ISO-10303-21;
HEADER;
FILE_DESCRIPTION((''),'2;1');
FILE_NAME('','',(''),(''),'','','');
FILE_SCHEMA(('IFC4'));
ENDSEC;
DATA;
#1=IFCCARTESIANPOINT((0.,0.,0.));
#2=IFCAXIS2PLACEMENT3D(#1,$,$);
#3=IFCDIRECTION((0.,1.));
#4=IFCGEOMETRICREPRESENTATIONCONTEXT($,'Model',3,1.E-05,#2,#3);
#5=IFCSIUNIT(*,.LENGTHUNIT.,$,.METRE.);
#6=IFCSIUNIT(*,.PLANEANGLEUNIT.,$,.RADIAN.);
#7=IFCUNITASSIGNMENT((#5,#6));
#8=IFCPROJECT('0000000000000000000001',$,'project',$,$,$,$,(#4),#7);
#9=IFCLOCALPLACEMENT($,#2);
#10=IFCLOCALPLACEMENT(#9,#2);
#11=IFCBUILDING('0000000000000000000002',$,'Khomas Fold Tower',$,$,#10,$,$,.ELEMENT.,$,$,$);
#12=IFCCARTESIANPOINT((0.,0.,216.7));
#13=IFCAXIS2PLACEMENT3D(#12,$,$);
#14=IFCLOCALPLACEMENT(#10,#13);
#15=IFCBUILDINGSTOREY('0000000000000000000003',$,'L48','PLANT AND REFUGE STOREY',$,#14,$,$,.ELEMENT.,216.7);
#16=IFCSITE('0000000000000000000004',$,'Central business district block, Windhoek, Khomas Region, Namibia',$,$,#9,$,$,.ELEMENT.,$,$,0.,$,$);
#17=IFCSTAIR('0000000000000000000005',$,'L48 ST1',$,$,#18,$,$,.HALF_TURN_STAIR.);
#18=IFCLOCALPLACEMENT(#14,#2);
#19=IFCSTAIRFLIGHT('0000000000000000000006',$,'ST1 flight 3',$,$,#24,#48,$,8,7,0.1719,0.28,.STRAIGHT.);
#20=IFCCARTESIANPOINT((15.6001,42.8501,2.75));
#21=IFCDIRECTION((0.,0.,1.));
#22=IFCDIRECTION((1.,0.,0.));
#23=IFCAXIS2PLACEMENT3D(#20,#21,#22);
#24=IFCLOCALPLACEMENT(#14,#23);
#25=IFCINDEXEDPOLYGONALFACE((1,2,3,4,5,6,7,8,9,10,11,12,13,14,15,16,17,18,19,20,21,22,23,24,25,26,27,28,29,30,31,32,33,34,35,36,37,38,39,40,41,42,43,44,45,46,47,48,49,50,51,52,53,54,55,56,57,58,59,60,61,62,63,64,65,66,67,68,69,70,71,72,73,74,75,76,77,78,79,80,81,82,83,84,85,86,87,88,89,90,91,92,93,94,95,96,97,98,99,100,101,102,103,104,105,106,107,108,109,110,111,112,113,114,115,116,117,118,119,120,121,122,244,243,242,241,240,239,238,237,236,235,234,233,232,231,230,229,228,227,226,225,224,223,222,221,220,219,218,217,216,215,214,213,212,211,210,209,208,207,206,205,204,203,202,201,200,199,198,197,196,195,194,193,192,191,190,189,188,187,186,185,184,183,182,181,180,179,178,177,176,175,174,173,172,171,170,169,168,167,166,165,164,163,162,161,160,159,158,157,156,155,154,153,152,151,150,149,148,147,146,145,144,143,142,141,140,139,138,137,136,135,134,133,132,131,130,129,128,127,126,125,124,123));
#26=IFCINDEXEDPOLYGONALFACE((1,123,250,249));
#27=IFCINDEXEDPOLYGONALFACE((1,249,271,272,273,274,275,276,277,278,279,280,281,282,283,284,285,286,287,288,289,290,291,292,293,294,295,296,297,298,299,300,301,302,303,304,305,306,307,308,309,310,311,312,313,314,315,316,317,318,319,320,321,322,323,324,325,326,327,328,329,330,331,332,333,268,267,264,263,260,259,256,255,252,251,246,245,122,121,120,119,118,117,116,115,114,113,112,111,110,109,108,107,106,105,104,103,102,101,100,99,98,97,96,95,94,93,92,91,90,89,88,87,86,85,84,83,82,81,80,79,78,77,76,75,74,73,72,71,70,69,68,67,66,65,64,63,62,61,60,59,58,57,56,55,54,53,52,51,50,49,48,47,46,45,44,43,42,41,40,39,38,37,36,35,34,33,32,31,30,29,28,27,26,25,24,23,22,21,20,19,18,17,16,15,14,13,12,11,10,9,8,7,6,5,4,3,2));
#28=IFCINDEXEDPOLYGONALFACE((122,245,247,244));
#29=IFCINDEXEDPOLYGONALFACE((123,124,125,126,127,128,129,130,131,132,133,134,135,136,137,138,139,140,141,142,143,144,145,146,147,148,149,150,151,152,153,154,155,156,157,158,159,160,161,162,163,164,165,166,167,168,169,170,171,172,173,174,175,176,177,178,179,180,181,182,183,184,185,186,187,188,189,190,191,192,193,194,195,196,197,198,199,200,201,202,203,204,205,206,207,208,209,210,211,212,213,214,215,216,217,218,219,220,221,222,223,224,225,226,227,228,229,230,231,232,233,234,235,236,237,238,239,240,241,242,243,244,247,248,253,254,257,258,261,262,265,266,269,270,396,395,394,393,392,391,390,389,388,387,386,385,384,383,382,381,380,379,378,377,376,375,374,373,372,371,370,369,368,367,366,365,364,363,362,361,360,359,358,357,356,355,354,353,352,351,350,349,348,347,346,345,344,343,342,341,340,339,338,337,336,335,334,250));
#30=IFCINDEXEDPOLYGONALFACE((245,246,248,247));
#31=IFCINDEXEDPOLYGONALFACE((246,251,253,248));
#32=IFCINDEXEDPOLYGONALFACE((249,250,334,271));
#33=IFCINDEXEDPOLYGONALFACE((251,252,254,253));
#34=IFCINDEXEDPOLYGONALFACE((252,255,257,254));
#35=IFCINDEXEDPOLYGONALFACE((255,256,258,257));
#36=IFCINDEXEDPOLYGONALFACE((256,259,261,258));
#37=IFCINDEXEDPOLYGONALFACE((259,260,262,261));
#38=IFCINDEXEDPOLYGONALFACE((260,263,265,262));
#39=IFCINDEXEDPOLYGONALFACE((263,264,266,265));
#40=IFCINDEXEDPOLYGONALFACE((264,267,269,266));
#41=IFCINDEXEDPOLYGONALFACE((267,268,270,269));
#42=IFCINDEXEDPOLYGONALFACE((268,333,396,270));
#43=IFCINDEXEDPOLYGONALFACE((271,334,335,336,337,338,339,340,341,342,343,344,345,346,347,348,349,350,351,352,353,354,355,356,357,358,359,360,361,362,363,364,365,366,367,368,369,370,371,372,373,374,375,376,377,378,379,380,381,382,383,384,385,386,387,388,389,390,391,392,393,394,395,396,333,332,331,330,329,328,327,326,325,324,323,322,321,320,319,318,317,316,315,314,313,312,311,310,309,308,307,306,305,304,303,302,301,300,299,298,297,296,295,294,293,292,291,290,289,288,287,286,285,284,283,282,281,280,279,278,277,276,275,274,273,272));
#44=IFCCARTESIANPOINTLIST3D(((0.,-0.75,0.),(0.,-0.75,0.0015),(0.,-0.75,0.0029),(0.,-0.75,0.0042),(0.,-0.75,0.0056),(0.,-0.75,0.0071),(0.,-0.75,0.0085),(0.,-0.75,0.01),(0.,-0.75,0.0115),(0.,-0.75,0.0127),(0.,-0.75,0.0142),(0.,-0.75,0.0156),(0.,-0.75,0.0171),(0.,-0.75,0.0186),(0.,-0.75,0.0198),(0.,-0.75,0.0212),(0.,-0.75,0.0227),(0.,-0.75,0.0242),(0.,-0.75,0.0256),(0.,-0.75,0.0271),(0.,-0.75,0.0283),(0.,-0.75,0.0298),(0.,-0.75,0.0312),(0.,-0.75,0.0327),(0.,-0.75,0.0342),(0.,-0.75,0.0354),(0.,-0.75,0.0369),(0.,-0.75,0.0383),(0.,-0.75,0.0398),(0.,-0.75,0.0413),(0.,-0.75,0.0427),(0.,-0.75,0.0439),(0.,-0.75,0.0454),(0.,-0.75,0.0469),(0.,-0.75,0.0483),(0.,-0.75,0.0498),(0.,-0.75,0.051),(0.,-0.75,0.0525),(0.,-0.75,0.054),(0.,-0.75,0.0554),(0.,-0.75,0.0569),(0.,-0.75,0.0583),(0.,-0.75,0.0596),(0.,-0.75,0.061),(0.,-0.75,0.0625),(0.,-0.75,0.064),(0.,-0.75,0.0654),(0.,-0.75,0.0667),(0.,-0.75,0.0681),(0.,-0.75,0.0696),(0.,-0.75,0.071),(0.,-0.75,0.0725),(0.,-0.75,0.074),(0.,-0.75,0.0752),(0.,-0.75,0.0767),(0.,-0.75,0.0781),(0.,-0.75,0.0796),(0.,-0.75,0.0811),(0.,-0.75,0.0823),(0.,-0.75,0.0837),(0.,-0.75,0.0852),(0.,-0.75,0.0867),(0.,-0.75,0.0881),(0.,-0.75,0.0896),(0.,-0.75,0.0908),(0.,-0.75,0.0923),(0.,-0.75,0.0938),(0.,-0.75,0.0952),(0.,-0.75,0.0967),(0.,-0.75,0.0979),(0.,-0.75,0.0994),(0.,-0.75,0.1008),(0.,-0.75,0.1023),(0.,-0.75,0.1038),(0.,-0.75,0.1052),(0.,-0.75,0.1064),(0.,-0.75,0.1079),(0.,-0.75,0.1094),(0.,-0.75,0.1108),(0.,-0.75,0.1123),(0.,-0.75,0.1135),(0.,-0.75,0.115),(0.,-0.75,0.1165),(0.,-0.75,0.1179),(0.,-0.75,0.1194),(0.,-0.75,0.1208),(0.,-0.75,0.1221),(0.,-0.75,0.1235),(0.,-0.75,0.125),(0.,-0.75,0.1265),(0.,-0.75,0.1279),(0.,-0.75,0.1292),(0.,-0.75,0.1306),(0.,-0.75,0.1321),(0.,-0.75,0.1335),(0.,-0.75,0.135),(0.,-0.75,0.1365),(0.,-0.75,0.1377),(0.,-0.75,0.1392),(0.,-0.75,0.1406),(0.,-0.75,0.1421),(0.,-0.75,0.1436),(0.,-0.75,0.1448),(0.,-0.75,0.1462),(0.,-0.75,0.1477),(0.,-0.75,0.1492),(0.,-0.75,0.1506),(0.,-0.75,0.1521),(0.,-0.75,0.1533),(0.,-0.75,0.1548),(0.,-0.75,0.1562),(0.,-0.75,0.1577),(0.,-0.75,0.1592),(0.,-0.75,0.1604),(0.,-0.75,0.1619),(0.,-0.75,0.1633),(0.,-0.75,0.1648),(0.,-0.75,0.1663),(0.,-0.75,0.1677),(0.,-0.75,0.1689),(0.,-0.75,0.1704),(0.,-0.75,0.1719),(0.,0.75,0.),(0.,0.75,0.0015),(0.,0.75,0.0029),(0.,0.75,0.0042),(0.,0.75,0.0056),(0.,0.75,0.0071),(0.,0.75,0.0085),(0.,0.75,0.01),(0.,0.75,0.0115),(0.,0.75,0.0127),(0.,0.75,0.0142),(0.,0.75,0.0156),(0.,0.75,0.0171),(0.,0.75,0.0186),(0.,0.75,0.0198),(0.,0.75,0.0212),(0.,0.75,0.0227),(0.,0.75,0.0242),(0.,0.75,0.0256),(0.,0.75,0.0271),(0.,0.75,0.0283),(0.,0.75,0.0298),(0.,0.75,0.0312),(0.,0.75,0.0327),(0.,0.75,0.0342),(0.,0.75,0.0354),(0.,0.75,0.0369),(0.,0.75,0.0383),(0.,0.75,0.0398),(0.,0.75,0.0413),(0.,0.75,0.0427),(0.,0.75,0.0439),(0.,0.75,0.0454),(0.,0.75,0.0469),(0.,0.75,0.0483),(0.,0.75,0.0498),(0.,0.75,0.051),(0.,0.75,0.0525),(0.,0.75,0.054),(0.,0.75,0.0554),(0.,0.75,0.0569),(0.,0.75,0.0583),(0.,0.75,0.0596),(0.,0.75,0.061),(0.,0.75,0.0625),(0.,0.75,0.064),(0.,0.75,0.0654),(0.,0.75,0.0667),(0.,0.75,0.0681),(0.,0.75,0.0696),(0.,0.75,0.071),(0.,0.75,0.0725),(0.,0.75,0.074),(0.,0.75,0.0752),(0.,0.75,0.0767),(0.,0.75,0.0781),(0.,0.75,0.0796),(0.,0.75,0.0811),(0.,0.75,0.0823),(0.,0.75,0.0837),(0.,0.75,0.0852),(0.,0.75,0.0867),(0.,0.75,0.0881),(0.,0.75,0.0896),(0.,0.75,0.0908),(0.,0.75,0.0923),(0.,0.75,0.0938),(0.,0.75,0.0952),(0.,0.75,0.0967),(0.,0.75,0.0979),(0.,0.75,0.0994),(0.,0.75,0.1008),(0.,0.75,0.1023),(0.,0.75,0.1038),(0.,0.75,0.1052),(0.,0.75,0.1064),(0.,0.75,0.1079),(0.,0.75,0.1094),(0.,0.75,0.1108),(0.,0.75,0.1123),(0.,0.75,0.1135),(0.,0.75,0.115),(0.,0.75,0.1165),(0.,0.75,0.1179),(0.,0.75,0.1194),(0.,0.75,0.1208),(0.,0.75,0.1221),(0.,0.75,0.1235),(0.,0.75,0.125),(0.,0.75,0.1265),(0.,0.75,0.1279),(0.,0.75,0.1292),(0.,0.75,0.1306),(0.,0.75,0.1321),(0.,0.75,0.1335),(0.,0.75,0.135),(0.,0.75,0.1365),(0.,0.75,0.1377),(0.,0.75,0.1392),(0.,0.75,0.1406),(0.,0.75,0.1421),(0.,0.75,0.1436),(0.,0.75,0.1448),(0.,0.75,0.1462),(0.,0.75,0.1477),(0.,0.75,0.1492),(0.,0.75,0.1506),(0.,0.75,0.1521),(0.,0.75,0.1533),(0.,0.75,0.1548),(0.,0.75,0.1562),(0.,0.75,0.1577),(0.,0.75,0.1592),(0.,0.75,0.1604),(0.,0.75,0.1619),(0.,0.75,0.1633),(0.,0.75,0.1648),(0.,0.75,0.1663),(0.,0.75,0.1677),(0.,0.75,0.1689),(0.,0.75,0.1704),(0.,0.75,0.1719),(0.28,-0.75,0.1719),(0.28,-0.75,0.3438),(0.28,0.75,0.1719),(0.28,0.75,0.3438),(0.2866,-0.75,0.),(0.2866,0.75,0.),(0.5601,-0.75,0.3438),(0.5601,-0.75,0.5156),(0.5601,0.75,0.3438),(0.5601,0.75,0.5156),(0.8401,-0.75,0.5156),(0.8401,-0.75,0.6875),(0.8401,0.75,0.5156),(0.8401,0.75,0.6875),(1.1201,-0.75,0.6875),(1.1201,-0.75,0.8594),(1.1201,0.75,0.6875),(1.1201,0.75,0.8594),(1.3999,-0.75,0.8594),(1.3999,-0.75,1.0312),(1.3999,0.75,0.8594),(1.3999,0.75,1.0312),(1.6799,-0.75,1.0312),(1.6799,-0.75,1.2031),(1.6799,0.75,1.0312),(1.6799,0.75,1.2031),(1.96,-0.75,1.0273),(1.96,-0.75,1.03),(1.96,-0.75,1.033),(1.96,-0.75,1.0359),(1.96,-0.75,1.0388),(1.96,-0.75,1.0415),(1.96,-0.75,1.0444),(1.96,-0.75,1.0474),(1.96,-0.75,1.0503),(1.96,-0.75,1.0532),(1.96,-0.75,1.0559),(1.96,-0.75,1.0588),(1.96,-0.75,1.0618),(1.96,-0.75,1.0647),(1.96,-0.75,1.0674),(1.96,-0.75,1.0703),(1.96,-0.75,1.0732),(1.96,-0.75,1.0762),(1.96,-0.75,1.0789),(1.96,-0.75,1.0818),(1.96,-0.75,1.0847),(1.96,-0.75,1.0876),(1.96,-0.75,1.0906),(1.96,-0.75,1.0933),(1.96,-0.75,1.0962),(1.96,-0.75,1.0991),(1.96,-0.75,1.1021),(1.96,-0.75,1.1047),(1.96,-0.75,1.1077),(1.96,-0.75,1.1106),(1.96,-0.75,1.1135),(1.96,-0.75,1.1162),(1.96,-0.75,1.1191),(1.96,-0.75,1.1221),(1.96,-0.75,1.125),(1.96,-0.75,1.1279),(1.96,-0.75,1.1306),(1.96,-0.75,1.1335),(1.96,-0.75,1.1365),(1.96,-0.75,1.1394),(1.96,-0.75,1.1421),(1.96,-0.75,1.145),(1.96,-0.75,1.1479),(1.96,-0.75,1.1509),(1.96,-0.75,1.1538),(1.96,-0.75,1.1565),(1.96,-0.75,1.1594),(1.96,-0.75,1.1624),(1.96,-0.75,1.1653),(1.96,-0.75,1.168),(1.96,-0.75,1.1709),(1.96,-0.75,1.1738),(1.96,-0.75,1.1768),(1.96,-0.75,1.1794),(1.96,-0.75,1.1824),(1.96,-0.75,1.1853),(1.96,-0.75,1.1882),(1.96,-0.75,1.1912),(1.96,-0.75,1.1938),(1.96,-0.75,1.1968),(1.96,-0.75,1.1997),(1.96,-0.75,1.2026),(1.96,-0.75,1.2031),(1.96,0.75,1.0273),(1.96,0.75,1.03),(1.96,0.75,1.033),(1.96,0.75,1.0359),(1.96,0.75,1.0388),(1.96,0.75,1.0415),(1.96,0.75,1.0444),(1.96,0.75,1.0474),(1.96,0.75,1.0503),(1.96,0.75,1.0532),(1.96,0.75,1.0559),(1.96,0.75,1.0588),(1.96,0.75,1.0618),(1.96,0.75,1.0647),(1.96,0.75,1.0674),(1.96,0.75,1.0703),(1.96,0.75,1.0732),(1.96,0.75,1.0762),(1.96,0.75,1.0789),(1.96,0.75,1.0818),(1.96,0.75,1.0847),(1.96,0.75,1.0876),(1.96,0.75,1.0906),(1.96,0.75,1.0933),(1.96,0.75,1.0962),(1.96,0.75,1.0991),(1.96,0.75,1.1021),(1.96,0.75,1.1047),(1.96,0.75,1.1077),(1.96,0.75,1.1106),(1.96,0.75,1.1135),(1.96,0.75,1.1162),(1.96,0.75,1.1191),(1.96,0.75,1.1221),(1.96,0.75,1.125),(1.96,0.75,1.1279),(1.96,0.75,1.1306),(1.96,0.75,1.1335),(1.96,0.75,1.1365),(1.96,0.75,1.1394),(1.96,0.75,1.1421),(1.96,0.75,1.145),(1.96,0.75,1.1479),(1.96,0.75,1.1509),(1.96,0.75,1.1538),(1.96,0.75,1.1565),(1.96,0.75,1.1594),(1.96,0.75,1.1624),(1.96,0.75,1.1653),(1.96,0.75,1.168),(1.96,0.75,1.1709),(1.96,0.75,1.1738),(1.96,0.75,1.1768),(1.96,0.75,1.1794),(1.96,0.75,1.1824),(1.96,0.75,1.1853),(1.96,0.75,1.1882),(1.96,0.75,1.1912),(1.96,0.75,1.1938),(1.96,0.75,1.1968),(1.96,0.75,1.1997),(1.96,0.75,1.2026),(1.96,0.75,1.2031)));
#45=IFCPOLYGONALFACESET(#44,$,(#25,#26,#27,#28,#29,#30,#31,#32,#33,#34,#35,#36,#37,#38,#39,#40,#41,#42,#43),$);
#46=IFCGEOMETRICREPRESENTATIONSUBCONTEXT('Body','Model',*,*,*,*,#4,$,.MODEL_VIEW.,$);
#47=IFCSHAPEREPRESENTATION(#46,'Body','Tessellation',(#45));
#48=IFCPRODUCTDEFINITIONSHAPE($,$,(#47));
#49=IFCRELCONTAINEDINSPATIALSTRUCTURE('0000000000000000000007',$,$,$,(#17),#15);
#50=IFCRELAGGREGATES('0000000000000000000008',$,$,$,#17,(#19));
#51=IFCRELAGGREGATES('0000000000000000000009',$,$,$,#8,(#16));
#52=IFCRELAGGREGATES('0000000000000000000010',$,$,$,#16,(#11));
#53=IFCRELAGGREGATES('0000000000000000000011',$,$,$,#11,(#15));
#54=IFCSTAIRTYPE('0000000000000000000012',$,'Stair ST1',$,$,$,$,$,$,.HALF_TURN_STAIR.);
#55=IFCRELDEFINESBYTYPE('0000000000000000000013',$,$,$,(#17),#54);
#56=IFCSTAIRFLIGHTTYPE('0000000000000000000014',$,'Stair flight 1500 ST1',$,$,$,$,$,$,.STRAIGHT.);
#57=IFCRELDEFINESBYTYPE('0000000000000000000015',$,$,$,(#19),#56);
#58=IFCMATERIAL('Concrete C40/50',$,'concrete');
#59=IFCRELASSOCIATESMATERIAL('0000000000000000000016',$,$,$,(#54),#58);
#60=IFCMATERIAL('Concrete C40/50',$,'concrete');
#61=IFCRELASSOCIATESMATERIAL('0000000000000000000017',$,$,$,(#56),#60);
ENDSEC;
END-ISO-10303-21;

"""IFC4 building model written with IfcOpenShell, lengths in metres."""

from ifc_helpers import new_model, si_unit, direction, frame, origin, place, context, subcontext, project, spatial, polyline, outline, extrude, source, transform, mapped, material, type_object, element, aggregate, save


model = new_model("IFC4")

# Units and contexts
model_context = context("Model", 3, precision=1e-05, world=origin(), true_north=direction((0.0, 1.0)))
body_context = subcontext(model_context, "Body", "Model", "MODEL_VIEW")
ifc_project = project(units=[si_unit("LENGTHUNIT", "METRE"), si_unit("PLANEANGLEUNIT", "RADIAN")], contexts=[model_context])

# Site, building, storey
site_placement = place(None, origin())
site = spatial("IfcSite", under=ifc_project, at=site_placement, Name="Central business district block, Windhoek, Khomas Region, Namibia", CompositionType="ELEMENT", RefElevation=0.0)
building_placement = place(site_placement, origin())
building = spatial("IfcBuilding", under=site, at=building_placement, Name="Khomas Fold Tower", CompositionType="ELEMENT")
storey_placement = place(building_placement, frame((0.0, 0.0, 216.7)))
storey = spatial("IfcBuildingStorey", under=building, at=storey_placement, Name="L48", Description="PLANT AND REFUGE STOREY", CompositionType="ELEMENT", Elevation=216.7)

# Stair, stair flight
ifc_material_1 = material(Name="Concrete C40/50", Category="concrete")
stair_type_1 = type_object("IfcStairType", Name="Stair ST1", PredefinedType="HALF_TURN_STAIR", material=ifc_material_1)
stair_1_placement = place(storey_placement, origin())
stair_1 = element("IfcStair", 1, at=stair_1_placement, inside=storey, type_object=stair_type_1, Name="L48 ST1", PredefinedType="HALF_TURN_STAIR")
ifc_material_2 = material(Name="Concrete C40/50", Category="concrete")
stair_flight_type_1 = type_object("IfcStairFlightType", Name="Stair flight 1500 ST1", PredefinedType="STRAIGHT", material=ifc_material_2)
shared_shape_1 = source(origin(), body_context, "Body", "SweptSolid", [
    extrude(outline(polyline([(0.0, 0.0), (0.0, 0.0015), (0.0, 0.0029), (0.0, 0.0042), (0.0, 0.0056), (0.0, 0.0071), (0.0, 0.0085), (0.0, 0.01), (0.0, 0.0115), (0.0, 0.0127), (0.0, 0.0142), (0.0, 0.0156), (0.0, 0.0171), (0.0, 0.0186), (0.0, 0.0198), (0.0, 0.0212), (0.0, 0.0227), (0.0, 0.0242), (0.0, 0.0256), (0.0, 0.0271), (0.0, 0.0283), (0.0, 0.0298), (0.0, 0.0312), (0.0, 0.0327), (0.0, 0.0342), (0.0, 0.0354), (0.0, 0.0369), (0.0, 0.0383), (0.0, 0.0398), (0.0, 0.0413), (0.0, 0.0427), (0.0, 0.0439), (0.0, 0.0454), (0.0, 0.0469), (0.0, 0.0483), (0.0, 0.0498), (0.0, 0.051), (0.0, 0.0525), (0.0, 0.054), (0.0, 0.0554), (0.0, 0.0569), (0.0, 0.0583), (0.0, 0.0596), (0.0, 0.061), (0.0, 0.0625), (0.0, 0.064), (0.0, 0.0654), (0.0, 0.0667), (0.0, 0.0681), (0.0, 0.0696), (0.0, 0.071), (0.0, 0.0725), (0.0, 0.074), (0.0, 0.0752), (0.0, 0.0767), (0.0, 0.0781), (0.0, 0.0796), (0.0, 0.0811), (0.0, 0.0823), (0.0, 0.0837), (0.0, 0.0852), (0.0, 0.0867), (0.0, 0.0881), (0.0, 0.0896), (0.0, 0.0908), (0.0, 0.0923), (0.0, 0.0938), (0.0, 0.0952), (0.0, 0.0967), (0.0, 0.0979), (0.0, 0.0994), (0.0, 0.1008), (0.0, 0.1023), (0.0, 0.1038), (0.0, 0.1052), (0.0, 0.1064), (0.0, 0.1079), (0.0, 0.1094), (0.0, 0.1108), (0.0, 0.1123), (0.0, 0.1135), (0.0, 0.115), (0.0, 0.1165), (0.0, 0.1179), (0.0, 0.1194), (0.0, 0.1208), (0.0, 0.1221), (0.0, 0.1235), (0.0, 0.125), (0.0, 0.1265), (0.0, 0.1279), (0.0, 0.1292), (0.0, 0.1306), (0.0, 0.1321), (0.0, 0.1335), (0.0, 0.135), (0.0, 0.1365), (0.0, 0.1377), (0.0, 0.1392), (0.0, 0.1406), (0.0, 0.1421), (0.0, 0.1436), (0.0, 0.1448), (0.0, 0.1462), (0.0, 0.1477), (0.0, 0.1492), (0.0, 0.1506), (0.0, 0.1521), (0.0, 0.1533), (0.0, 0.1548), (0.0, 0.1562), (0.0, 0.1577), (0.0, 0.1592), (0.0, 0.1604), (0.0, 0.1619), (0.0, 0.1633), (0.0, 0.1648), (0.0, 0.1663), (0.0, 0.1677), (0.0, 0.1689), (0.0, 0.1704), (0.0, 0.1719), (0.28, 0.1719), (0.28, 0.3438), (0.5601, 0.3438), (0.5601, 0.5156), (0.8401, 0.5156), (0.8401, 0.6875), (1.1201, 0.6875), (1.1201, 0.8594), (1.3999, 0.8594), (1.3999, 1.0312), (1.6799, 1.0312), (1.6799, 1.2031), (1.96, 1.2031), (1.96, 1.375), (1.96, 1.3721), (1.96, 1.3691), (1.96, 1.3665), (1.96, 1.3635), (1.96, 1.3606), (1.96, 1.3577), (1.96, 1.355), (1.96, 1.3521), (1.96, 1.3491), (1.96, 1.3462), (1.96, 1.3435), (1.96, 1.3406), (1.96, 1.3376), (1.96, 1.3347), (1.96, 1.3318), (1.96, 1.3291), (1.96, 1.3262), (1.96, 1.3232), (1.96, 1.3203), (1.96, 1.3176), (1.96, 1.3147), (1.96, 1.3118), (1.96, 1.3088), (1.96, 1.3059), (1.96, 1.3032), (1.96, 1.3003), (1.96, 1.2974), (1.96, 1.2944), (1.96, 1.2917), (1.96, 1.2888), (1.96, 1.2859), (1.96, 1.283), (1.96, 1.2803), (1.96, 1.2773), (1.96, 1.2744), (1.96, 1.2715), (1.96, 1.2686), (1.96, 1.2659), (1.96, 1.2629), (1.96, 1.26), (1.96, 1.2571), (1.96, 1.2544), (1.96, 1.2515), (1.96, 1.2485), (1.96, 1.2456), (1.96, 1.2427), (1.96, 1.24), (1.96, 1.2371), (1.96, 1.2341), (1.96, 1.2312), (1.96, 1.2285), (1.96, 1.2256), (1.96, 1.2227), (1.96, 1.2197), (1.96, 1.217), (1.96, 1.2141), (1.96, 1.2112), (1.96, 1.2083), (1.96, 1.2053), (1.96, 1.2026), (1.96, 1.1997), (1.96, 1.1968), (1.96, 1.1938), (1.96, 1.1912), (1.96, 1.1882), (1.96, 1.1853), (1.96, 1.1824), (1.96, 1.1794), (1.96, 1.1768), (1.96, 1.1738), (1.96, 1.1709), (1.96, 1.168), (1.96, 1.1653), (1.96, 1.1624), (1.96, 1.1594), (1.96, 1.1565), (1.96, 1.1538), (1.96, 1.1509), (1.96, 1.1479), (1.96, 1.145), (1.96, 1.1421), (1.96, 1.1394), (1.96, 1.1365), (1.96, 1.1335), (1.96, 1.1306), (1.96, 1.1279), (1.96, 1.125), (1.96, 1.1221), (1.96, 1.1191), (1.96, 1.1162), (1.96, 1.1135), (1.96, 1.1106), (1.96, 1.1077), (1.96, 1.1047), (1.96, 1.1021), (1.96, 1.0991), (1.96, 1.0962), (1.96, 1.0933), (1.96, 1.0906), (1.96, 1.0876), (1.96, 1.0847), (1.96, 1.0818), (1.96, 1.0789), (1.96, 1.0762), (1.96, 1.0732), (1.96, 1.0703), (1.96, 1.0674), (1.96, 1.0647), (1.96, 1.0618), (1.96, 1.0588), (1.96, 1.0559), (1.96, 1.0532), (1.96, 1.0503), (1.96, 1.0474), (1.96, 1.0444), (1.96, 1.0415), (1.96, 1.0388), (1.96, 1.0359), (1.96, 1.033), (1.96, 1.03), (1.96, 1.0273), (0.2866, 0.0), (0.0, 0.0)])), frame((0.0, 0.75, 0.0), z_axis=(0.0, -1.0, 0.0), x_axis=(1.0, 0.0, 0.0)), (0.0, 0.0, 1.0), 1.5),
])
stair_flight_1_placement = place(storey_placement, frame((15.6001, 42.8501, 2.75), z_axis=(0.0, 0.0, 1.0), x_axis=(1.0, 0.0, 0.0)))
stair_flight_1 = element("IfcStairFlight", 2, at=stair_flight_1_placement, type_object=stair_flight_type_1, Name="ST1 flight 3", NumberOfRisers=8, NumberOfTreads=7, PredefinedType="STRAIGHT", RiserHeight=0.1719, TreadLength=0.28, context=body_context, shape_type="MappedRepresentation", body=[
    mapped(shared_shape_1, transform((0.0, 0.0, 0.0))),
])
aggregate(stair_1, [stair_flight_1])

save(model, "model.ifc")
